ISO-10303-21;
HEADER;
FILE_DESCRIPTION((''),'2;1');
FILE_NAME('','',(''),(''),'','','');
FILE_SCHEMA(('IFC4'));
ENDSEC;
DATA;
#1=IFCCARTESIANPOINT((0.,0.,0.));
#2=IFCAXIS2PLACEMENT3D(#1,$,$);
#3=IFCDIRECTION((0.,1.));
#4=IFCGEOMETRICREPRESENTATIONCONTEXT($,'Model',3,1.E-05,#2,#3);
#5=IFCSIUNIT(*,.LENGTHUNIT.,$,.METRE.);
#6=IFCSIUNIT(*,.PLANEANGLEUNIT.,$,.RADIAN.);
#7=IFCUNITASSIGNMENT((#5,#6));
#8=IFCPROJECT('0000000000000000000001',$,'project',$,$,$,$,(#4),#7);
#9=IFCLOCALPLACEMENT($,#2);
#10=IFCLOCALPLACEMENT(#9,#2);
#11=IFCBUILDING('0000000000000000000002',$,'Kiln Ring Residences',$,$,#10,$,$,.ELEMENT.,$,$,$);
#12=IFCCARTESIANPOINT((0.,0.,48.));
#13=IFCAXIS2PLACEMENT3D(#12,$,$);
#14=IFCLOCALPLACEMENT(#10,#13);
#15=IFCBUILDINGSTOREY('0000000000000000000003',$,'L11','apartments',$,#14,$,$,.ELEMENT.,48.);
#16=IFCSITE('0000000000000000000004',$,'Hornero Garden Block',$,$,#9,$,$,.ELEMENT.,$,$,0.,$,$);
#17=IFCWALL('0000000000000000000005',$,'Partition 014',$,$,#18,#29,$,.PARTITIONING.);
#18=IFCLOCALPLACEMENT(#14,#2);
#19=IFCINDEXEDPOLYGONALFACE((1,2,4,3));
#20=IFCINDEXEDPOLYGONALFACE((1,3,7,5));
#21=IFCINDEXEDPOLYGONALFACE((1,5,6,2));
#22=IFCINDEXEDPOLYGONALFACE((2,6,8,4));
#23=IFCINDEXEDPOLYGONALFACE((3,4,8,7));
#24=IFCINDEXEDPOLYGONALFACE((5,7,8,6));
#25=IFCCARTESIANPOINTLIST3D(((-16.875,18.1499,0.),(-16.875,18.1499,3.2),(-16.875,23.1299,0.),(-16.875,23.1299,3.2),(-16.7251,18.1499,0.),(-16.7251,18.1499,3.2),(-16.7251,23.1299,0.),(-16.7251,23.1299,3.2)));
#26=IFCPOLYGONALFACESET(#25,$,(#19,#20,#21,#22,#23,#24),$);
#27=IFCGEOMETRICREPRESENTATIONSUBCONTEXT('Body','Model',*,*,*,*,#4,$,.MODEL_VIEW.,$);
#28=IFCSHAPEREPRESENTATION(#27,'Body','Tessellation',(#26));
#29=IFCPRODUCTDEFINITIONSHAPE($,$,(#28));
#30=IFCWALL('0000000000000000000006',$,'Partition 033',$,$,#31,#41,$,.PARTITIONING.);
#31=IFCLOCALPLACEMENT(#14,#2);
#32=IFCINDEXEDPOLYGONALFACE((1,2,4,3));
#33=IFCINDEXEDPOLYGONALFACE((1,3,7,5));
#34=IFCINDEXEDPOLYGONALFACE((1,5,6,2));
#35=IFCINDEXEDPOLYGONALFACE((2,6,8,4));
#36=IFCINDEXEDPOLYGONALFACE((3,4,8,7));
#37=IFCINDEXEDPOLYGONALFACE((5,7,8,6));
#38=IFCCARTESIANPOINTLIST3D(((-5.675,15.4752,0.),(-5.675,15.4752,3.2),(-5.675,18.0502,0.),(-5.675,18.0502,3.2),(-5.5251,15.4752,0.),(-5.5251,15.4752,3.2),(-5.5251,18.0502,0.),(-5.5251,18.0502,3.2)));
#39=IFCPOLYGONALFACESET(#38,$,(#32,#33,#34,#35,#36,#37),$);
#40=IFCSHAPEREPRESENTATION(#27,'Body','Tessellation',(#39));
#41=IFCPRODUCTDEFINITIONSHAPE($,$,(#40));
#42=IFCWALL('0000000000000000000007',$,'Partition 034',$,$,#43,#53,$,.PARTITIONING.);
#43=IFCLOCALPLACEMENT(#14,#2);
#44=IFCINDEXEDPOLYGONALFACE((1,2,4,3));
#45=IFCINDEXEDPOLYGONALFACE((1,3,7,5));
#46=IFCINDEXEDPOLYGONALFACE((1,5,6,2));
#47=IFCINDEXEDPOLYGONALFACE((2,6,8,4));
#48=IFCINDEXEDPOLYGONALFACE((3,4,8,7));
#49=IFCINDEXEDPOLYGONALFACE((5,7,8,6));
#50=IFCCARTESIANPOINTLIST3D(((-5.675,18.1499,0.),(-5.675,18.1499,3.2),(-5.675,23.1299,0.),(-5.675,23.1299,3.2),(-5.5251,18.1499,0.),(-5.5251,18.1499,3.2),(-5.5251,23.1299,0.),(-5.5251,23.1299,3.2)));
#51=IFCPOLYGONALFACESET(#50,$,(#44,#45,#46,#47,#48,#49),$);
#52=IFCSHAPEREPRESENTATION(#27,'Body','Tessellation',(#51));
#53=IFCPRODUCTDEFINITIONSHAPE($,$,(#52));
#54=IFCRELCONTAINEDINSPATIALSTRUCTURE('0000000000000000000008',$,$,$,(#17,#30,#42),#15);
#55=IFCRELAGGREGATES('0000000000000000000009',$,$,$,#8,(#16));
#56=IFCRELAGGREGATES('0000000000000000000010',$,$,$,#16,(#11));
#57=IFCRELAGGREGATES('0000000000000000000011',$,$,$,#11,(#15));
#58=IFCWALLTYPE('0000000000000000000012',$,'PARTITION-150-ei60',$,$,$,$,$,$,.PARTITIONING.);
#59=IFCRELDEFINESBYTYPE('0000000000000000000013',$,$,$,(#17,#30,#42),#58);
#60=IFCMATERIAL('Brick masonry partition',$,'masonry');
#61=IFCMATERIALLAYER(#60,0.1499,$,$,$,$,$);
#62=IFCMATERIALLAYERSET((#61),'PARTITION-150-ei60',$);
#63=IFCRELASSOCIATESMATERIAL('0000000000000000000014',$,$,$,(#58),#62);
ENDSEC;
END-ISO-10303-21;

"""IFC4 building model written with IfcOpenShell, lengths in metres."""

from ifc_helpers import new_model, si_unit, direction, frame, frame_2d, origin, place, context, subcontext, project, spatial, rectangle, extrude, material, layer, layer_set, type_object, element, save


model = new_model("IFC4")

# Units and contexts
model_context = context("Model", 3, precision=1e-05, world=origin(), true_north=direction((0.0, 1.0)))
body_context = subcontext(model_context, "Body", "Model", "MODEL_VIEW")
ifc_project = project(units=[si_unit("LENGTHUNIT", "METRE"), si_unit("PLANEANGLEUNIT", "RADIAN")], contexts=[model_context])

# Site, building, storey
site_placement = place(None, origin())
site = spatial("IfcSite", under=ifc_project, at=site_placement, Name="Hornero Garden Block", CompositionType="ELEMENT", RefElevation=0.0)
building_placement = place(site_placement, origin())
building = spatial("IfcBuilding", under=site, at=building_placement, Name="Kiln Ring Residences", CompositionType="ELEMENT")
storey_placement = place(building_placement, frame((0.0, 0.0, 48.0)))
storey = spatial("IfcBuildingStorey", under=building, at=storey_placement, Name="L11", Description="apartments", CompositionType="ELEMENT", Elevation=48.0)

# Walls
ifc_material_1 = material(Name="Brick masonry partition", Category="masonry")
ifc_layer_1 = layer(ifc_material_1, 0.1499)
ifc_layer_set_1 = layer_set([ifc_layer_1], Name="PARTITION-150-ei60")
wall_type_1 = type_object("IfcWallType", Name="PARTITION-150-ei60", PredefinedType="PARTITIONING", material=ifc_layer_set_1)
wall_1_placement = place(storey_placement, frame((-16.8, 18.1499, 0.0), z_axis=(0.0, 0.0, 1.0), x_axis=(0.0, 1.0, 0.0)))
element("IfcWall", 1, at=wall_1_placement, inside=storey, type_object=wall_type_1, Name="Partition 014", PredefinedType="PARTITIONING", context=body_context, shape_type="SweptSolid", body=[
    extrude(rectangle(XDim=4.98, YDim=0.1499, at=frame_2d((2.49, 0.0))), origin(), (0.0, 0.0, 1.0), 3.2),
])
wall_2_placement = place(storey_placement, frame((-5.6001, 15.4751, 0.0), z_axis=(0.0, 0.0, 1.0), x_axis=(0.0, 1.0, 0.0)))
element("IfcWall", 2, at=wall_2_placement, inside=storey, type_object=wall_type_1, Name="Partition 033", PredefinedType="PARTITIONING", context=body_context, shape_type="SweptSolid", body=[
    extrude(rectangle(XDim=2.575, YDim=0.1499, at=frame_2d((1.2876, 0.0))), origin(), (0.0, 0.0, 1.0), 3.2),
])
wall_3_placement = place(storey_placement, frame((-5.6001, 18.1499, 0.0), z_axis=(0.0, 0.0, 1.0), x_axis=(0.0, 1.0, 0.0)))
element("IfcWall", 3, at=wall_3_placement, inside=storey, type_object=wall_type_1, Name="Partition 034", PredefinedType="PARTITIONING", context=body_context, shape_type="SweptSolid", body=[
    extrude(rectangle(XDim=4.98, YDim=0.1499, at=frame_2d((2.49, 0.0))), origin(), (0.0, 0.0, 1.0), 3.2),
])

save(model, "model.ifc")
